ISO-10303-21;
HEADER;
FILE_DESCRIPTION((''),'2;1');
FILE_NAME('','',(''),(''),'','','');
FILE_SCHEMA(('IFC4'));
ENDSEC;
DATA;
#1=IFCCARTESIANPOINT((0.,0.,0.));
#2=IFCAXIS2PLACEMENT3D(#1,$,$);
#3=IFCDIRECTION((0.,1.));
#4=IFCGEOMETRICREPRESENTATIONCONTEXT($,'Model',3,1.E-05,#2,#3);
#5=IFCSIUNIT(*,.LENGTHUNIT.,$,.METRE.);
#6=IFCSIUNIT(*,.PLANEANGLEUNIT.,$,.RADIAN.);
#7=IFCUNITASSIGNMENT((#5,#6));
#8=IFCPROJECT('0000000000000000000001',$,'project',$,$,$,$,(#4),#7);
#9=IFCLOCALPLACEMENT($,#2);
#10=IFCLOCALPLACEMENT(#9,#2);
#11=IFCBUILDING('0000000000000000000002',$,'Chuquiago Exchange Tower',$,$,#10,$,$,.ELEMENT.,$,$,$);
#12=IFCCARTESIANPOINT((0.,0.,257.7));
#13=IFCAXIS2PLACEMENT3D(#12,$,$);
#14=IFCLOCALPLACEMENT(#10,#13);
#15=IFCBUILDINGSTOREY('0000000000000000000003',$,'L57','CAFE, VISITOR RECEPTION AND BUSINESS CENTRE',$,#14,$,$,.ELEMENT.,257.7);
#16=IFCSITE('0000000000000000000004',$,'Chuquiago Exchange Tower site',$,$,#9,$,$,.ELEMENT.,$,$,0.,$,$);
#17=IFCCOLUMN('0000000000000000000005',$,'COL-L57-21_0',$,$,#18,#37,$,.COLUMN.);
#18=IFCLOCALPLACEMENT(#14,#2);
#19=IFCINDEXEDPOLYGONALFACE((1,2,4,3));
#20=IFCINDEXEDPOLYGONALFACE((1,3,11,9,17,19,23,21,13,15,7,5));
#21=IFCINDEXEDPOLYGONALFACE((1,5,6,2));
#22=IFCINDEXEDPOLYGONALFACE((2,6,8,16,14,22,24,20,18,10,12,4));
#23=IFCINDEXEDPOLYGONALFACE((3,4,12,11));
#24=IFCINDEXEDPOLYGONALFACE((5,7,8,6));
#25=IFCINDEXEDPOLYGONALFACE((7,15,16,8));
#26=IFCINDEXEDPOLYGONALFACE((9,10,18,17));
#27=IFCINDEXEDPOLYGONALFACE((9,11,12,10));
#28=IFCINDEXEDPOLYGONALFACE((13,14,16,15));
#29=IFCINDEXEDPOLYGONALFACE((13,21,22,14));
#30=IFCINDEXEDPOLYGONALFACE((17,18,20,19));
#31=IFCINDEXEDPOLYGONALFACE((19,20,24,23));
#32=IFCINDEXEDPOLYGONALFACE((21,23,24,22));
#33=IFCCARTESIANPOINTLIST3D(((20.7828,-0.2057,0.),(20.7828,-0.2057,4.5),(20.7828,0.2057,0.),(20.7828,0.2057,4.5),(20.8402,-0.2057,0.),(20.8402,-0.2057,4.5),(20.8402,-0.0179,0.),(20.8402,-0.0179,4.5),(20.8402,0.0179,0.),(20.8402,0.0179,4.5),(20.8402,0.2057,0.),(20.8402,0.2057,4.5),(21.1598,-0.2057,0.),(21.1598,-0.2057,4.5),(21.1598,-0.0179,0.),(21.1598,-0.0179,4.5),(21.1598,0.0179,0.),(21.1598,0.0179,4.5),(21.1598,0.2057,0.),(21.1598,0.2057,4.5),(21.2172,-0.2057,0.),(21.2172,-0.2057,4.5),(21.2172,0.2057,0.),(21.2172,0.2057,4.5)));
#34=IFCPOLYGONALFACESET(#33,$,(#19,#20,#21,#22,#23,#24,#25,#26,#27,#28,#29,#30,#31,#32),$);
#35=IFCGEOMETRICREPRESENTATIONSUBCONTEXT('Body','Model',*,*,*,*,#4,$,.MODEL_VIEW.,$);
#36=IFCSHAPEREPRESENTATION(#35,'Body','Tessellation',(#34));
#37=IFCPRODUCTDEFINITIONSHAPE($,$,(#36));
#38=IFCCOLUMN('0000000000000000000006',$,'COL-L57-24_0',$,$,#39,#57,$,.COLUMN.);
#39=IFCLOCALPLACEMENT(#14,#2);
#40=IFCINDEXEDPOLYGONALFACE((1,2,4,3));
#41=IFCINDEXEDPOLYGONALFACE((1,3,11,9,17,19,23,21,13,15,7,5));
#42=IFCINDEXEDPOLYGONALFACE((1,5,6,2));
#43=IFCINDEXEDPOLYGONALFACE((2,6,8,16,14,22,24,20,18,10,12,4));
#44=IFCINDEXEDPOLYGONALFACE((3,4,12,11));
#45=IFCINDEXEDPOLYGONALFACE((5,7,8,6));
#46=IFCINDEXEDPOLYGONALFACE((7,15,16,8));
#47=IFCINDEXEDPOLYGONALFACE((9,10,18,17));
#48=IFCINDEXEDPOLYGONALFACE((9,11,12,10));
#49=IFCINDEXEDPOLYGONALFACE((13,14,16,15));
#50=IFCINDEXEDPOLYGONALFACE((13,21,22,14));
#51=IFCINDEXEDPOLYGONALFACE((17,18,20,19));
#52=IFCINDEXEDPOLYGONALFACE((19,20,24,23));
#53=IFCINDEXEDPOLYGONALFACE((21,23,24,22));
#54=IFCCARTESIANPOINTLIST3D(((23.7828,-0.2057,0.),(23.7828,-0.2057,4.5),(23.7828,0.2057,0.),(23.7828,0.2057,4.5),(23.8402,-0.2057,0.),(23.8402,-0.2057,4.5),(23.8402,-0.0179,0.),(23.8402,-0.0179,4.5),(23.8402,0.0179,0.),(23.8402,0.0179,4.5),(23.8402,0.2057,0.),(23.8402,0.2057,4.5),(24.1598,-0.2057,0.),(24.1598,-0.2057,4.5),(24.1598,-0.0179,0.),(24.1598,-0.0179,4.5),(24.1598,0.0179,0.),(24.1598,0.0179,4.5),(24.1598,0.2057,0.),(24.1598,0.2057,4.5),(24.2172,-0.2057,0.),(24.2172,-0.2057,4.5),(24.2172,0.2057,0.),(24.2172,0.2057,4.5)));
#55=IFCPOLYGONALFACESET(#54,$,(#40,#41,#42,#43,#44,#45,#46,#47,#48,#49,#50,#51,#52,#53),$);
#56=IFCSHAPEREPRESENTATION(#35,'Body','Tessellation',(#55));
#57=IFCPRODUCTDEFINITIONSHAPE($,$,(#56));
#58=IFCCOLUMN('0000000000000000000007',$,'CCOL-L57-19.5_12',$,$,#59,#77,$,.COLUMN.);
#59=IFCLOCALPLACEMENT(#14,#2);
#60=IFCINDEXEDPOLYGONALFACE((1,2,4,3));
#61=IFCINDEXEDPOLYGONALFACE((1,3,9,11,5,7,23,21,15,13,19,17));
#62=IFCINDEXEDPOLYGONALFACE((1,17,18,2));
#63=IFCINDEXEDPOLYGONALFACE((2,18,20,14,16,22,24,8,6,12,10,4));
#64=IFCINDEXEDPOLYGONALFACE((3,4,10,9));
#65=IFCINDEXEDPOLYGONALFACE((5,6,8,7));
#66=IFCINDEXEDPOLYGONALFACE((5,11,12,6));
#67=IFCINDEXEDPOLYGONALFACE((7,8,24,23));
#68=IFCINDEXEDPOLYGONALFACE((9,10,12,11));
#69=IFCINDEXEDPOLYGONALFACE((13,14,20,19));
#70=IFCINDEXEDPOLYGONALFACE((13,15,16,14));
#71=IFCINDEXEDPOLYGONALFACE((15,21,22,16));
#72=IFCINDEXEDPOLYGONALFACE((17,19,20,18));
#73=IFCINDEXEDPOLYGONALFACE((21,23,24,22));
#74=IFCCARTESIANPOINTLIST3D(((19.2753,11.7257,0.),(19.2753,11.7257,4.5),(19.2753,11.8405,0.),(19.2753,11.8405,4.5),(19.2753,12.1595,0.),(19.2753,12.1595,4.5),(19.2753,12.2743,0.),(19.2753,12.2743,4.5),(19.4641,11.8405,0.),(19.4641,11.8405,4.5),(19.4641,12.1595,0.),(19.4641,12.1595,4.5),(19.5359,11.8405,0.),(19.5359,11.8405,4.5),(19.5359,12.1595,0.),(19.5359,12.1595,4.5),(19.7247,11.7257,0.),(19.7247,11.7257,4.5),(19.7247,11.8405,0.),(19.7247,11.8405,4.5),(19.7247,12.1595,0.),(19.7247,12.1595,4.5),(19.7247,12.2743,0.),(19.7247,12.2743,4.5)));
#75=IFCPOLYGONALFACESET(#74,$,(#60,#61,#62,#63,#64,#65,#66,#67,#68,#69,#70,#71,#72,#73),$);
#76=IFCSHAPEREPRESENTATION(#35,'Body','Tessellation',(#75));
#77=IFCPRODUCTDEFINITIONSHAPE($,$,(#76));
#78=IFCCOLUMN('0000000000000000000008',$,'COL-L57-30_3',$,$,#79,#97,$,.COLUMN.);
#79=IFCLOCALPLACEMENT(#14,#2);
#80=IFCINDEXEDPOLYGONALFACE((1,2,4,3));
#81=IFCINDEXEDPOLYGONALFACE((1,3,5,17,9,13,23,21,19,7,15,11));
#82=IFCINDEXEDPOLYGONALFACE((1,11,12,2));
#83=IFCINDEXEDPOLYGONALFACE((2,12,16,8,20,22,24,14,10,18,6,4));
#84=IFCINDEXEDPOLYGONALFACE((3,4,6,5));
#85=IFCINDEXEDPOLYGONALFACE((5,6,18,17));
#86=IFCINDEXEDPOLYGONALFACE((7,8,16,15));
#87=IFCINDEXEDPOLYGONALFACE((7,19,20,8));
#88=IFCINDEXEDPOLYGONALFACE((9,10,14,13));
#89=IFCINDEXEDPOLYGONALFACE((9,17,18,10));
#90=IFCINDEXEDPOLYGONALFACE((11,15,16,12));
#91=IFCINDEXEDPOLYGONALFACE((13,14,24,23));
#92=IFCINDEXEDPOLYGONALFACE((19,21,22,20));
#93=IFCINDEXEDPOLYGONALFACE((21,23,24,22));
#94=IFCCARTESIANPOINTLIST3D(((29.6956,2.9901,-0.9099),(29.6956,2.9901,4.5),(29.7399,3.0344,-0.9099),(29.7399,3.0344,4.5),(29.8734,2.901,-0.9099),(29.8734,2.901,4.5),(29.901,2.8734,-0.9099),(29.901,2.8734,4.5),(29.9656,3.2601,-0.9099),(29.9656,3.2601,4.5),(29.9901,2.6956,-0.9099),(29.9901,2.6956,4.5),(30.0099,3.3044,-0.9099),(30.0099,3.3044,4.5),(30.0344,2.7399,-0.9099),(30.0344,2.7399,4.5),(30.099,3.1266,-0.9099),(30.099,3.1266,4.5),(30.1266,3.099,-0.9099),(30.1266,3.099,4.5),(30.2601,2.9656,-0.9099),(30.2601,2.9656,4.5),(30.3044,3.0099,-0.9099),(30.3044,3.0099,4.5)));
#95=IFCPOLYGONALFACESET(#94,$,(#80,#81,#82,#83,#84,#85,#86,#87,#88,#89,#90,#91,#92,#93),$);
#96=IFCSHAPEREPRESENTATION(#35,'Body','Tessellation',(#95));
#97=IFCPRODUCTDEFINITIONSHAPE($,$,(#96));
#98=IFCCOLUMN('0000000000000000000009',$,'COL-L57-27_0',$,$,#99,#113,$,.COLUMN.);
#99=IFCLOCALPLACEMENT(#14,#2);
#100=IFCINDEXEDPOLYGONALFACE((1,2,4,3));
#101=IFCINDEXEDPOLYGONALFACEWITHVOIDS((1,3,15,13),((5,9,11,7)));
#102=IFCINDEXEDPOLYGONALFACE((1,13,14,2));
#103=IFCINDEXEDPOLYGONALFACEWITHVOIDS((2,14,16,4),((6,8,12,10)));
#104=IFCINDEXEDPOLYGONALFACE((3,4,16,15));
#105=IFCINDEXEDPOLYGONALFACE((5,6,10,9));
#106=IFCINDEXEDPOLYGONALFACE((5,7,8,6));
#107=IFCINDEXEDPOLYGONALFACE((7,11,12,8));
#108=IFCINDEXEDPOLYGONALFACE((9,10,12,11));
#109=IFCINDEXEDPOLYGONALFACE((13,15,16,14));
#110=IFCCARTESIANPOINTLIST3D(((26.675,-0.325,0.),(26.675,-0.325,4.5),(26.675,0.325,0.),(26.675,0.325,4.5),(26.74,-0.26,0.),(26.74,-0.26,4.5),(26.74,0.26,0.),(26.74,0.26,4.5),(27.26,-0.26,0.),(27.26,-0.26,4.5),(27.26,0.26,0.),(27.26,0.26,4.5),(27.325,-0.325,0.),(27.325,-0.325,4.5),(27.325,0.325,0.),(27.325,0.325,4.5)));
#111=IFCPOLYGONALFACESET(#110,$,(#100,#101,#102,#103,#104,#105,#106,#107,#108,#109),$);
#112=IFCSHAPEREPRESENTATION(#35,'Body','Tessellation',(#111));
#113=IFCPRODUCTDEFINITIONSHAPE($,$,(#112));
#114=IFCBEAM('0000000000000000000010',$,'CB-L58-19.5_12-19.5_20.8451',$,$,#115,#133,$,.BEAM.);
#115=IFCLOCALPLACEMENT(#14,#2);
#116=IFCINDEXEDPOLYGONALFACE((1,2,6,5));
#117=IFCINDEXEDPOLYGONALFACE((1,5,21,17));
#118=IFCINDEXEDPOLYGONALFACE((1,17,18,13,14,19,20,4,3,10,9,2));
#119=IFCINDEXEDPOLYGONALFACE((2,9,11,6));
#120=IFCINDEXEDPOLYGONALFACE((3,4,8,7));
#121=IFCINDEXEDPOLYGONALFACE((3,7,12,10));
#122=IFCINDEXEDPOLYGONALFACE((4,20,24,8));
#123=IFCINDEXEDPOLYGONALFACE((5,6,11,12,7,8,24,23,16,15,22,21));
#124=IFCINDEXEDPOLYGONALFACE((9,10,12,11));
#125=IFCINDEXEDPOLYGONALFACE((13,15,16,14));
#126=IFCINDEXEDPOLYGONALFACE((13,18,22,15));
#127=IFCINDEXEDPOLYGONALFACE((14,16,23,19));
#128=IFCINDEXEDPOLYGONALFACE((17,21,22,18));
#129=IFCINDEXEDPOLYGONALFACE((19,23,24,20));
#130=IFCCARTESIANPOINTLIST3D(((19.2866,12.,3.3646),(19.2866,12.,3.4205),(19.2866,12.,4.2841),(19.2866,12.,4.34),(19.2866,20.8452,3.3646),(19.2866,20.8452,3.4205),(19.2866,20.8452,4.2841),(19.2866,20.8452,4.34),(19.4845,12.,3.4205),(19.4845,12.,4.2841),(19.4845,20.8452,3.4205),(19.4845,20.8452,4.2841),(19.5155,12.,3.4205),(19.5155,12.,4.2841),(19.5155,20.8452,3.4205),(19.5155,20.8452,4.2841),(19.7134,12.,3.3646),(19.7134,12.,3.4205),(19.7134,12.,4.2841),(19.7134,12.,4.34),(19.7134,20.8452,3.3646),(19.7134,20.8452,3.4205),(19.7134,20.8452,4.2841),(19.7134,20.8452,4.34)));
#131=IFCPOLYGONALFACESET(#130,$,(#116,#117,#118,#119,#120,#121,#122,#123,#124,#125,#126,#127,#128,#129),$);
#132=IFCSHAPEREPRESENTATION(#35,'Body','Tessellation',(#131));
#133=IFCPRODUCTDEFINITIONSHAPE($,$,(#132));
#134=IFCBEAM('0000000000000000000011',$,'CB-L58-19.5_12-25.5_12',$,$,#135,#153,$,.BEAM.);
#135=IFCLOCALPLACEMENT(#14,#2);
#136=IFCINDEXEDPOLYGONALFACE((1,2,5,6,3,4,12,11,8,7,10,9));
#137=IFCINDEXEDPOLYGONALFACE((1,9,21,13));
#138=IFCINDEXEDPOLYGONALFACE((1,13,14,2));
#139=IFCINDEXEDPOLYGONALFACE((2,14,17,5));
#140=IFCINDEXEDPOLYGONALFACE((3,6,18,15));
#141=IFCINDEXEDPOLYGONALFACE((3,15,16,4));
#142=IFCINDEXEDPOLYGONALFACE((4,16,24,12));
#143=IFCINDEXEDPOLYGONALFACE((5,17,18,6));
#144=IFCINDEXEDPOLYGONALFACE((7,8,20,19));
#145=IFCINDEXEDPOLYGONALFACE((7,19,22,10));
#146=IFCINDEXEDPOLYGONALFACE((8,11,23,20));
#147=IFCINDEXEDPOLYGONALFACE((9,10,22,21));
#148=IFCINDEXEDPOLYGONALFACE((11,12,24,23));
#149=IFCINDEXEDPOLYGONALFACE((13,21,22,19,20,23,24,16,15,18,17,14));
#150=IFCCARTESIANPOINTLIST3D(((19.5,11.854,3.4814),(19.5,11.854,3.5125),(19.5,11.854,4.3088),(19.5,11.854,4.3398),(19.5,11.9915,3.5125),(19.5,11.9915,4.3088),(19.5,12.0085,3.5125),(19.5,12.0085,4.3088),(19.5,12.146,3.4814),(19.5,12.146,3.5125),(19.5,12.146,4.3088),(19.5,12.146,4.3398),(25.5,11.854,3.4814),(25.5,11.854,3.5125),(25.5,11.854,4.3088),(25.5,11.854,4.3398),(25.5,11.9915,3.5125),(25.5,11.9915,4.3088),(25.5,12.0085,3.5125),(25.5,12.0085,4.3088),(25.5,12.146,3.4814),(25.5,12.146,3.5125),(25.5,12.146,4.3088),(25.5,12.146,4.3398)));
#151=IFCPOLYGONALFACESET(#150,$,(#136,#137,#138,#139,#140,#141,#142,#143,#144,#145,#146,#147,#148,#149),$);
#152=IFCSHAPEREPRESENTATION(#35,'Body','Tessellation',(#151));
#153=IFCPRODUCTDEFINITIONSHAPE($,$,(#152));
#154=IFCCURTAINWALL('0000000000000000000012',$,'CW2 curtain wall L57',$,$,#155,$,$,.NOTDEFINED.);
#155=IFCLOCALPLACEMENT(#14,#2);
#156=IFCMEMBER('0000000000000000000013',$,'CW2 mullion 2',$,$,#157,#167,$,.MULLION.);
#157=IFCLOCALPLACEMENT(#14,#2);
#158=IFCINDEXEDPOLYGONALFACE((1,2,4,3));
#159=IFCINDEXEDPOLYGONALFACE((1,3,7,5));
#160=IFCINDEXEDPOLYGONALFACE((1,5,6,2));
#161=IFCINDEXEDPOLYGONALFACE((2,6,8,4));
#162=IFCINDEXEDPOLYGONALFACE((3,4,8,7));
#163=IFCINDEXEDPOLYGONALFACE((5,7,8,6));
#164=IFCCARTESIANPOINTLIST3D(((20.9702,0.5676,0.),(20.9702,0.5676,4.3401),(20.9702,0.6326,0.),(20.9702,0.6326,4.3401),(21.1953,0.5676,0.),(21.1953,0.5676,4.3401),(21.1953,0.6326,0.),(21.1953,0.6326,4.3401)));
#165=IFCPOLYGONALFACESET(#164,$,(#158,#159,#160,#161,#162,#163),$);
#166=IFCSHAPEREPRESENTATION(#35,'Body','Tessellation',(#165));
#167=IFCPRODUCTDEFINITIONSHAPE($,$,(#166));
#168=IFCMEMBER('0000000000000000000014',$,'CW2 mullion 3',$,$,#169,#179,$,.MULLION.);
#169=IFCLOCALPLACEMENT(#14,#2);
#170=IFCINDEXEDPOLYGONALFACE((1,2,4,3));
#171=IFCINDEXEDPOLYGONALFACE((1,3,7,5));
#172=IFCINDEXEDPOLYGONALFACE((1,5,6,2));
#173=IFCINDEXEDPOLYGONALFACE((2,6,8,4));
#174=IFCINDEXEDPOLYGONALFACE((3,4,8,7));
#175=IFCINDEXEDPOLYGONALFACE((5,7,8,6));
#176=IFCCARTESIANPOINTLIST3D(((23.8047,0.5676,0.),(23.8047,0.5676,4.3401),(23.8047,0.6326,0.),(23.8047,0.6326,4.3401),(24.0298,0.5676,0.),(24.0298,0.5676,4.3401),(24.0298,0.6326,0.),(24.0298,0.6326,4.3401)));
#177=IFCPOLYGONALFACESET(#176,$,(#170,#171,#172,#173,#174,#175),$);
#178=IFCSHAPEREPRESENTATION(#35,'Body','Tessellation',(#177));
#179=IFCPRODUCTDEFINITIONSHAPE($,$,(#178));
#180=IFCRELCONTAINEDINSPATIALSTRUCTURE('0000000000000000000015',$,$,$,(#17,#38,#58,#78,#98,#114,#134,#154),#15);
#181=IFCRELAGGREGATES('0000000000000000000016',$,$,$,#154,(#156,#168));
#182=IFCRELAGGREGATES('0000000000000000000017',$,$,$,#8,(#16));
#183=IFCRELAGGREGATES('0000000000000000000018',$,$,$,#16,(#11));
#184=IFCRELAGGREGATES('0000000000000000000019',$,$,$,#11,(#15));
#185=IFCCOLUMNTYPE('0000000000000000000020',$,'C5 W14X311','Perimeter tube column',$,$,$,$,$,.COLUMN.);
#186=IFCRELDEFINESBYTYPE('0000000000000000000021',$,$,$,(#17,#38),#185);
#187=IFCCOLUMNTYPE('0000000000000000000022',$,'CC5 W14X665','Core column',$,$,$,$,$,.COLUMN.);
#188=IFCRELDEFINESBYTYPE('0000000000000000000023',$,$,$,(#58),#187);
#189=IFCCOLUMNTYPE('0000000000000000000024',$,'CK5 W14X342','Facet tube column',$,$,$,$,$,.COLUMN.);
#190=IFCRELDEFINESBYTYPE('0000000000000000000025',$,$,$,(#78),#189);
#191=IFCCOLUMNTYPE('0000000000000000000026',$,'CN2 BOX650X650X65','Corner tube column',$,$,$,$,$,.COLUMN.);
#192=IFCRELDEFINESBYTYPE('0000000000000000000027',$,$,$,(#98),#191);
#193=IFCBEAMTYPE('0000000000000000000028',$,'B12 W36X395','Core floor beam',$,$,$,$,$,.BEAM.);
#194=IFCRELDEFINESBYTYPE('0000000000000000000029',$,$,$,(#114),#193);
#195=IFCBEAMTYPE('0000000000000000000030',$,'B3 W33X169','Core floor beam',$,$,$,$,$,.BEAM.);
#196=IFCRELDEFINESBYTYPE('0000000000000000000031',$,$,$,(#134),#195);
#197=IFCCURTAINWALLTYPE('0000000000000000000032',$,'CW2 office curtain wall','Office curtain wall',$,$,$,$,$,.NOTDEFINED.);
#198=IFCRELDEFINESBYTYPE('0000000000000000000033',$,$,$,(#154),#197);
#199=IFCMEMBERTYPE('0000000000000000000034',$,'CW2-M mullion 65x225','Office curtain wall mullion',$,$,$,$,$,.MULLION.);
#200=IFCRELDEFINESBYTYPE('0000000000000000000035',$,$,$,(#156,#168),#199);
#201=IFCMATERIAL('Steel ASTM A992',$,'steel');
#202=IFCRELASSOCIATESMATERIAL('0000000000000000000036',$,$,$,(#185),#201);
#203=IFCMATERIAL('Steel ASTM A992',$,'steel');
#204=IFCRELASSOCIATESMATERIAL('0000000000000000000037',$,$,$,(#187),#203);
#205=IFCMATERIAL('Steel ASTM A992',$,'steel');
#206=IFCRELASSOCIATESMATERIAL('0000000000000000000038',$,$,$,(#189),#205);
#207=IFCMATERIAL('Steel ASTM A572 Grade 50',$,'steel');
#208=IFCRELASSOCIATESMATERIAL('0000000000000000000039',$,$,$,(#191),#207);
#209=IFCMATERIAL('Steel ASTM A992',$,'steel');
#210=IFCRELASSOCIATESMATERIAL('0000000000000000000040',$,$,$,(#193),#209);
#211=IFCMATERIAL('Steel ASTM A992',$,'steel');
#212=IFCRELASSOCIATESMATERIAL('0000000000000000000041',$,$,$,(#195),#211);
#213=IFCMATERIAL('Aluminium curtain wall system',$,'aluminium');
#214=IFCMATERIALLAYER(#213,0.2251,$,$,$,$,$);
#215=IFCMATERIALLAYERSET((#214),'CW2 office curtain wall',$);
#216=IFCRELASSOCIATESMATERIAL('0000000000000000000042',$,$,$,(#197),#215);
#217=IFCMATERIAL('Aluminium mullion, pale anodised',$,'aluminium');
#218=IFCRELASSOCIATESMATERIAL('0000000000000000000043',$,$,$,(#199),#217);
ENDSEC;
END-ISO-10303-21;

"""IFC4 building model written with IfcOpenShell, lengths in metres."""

from ifc_helpers import new_model, si_unit, direction, frame, origin, origin_2d, place, context, subcontext, project, spatial, rectangle, hollow_rectangle, i_section, extrude, material, layer, layer_set, material_profile, profile_set, type_object, element, aggregate, save


model = new_model("IFC4")

# Units and contexts
model_context = context("Model", 3, precision=1e-05, world=origin(), true_north=direction((0.0, 1.0)))
body_context = subcontext(model_context, "Body", "Model", "MODEL_VIEW")
ifc_project = project(units=[si_unit("LENGTHUNIT", "METRE"), si_unit("PLANEANGLEUNIT", "RADIAN")], contexts=[model_context])

# Site, building, storey
site_placement = place(None, origin())
site = spatial("IfcSite", under=ifc_project, at=site_placement, Name="Chuquiago Exchange Tower site", CompositionType="ELEMENT", RefElevation=0.0)
building_placement = place(site_placement, origin())
building = spatial("IfcBuilding", under=site, at=building_placement, Name="Chuquiago Exchange Tower", CompositionType="ELEMENT")
storey_placement = place(building_placement, frame((0.0, 0.0, 257.7)))
storey = spatial("IfcBuildingStorey", under=building, at=storey_placement, Name="L57", Description="CAFE, VISITOR RECEPTION AND BUSINESS CENTRE", CompositionType="ELEMENT", Elevation=257.7)

# Columns
ifc_material_1 = material(Name="Steel ASTM A992", Category="steel")
ifc_material_profile_1 = material_profile(ifc_material_1, i_section(OverallWidth=0.4114, OverallDepth=0.4343, WebThickness=0.0359, FlangeThickness=0.0574, at=origin_2d()), Name="W14X311")
ifc_profile_set_1 = profile_set([ifc_material_profile_1], Name="Steel ASTM A992")
column_type_1 = type_object("IfcColumnType", Name="C5 W14X311", Description="Perimeter tube column", PredefinedType="COLUMN", material=ifc_profile_set_1)
for number, where, z_axis, x_axis, name in (
    (1, (21.0, 0.0, 0.0), (0.0, 0.0, 1.0), (0.0, -1.0, 0.0), "COL-L57-21_0"),
    (2, (24.0, 0.0, 0.0), (0.0, 0.0, 1.0), (0.0, -1.0, 0.0), "COL-L57-24_0"),
):
    element("IfcColumn", number, at=place(storey_placement, frame(where, z_axis=z_axis, x_axis=x_axis)), inside=storey, type_object=column_type_1, Name=name, PredefinedType="COLUMN", context=body_context, shape_type="SweptSolid", body=[
        extrude(i_section(OverallWidth=0.4114, OverallDepth=0.4343, WebThickness=0.0359, FlangeThickness=0.0574, at=origin_2d()), origin(), (0.0, 0.0, 1.0), 4.5),
    ])
ifc_material_2 = material(Name="Steel ASTM A992", Category="steel")
ifc_material_profile_2 = material_profile(ifc_material_2, i_section(OverallWidth=0.4495, OverallDepth=0.5486, WebThickness=0.0718, FlangeThickness=0.1147, at=origin_2d()), Name="W14X665")
ifc_profile_set_2 = profile_set([ifc_material_profile_2], Name="Steel ASTM A992")
column_type_2 = type_object("IfcColumnType", Name="CC5 W14X665", Description="Core column", PredefinedType="COLUMN", material=ifc_profile_set_2)
column_1_placement = place(storey_placement, frame((19.5, 12.0, 0.0), z_axis=(0.0, 0.0, 1.0), x_axis=(1.0, 0.0, 0.0)))
element("IfcColumn", 3, at=column_1_placement, inside=storey, type_object=column_type_2, Name="CCOL-L57-19.5_12", PredefinedType="COLUMN", context=body_context, shape_type="SweptSolid", body=[
    extrude(i_section(OverallWidth=0.4495, OverallDepth=0.5486, WebThickness=0.0718, FlangeThickness=0.1147, at=origin_2d()), origin(), (0.0, 0.0, 1.0), 4.5),
])
ifc_material_3 = material(Name="Steel ASTM A992", Category="steel")
ifc_material_profile_3 = material_profile(ifc_material_3, i_section(OverallWidth=0.4165, OverallDepth=0.4446, WebThickness=0.0391, FlangeThickness=0.0627, at=origin_2d()), Name="W14X342")
ifc_profile_set_3 = profile_set([ifc_material_profile_3], Name="Steel ASTM A992")
column_type_3 = type_object("IfcColumnType", Name="CK5 W14X342", Description="Facet tube column", PredefinedType="COLUMN", material=ifc_profile_set_3)
column_2_placement = place(storey_placement, frame((30.0, 3.0, -0.9099), z_axis=(0.0, 0.0, 1.0), x_axis=(0.707107, -0.707107, 0.0)))
element("IfcColumn", 4, at=column_2_placement, inside=storey, type_object=column_type_3, Name="COL-L57-30_3", PredefinedType="COLUMN", context=body_context, shape_type="SweptSolid", body=[
    extrude(i_section(OverallWidth=0.4165, OverallDepth=0.4446, WebThickness=0.0391, FlangeThickness=0.0627, at=origin_2d()), origin(), (0.0, 0.0, 1.0), 5.4099),
])
ifc_material_4 = material(Name="Steel ASTM A572 Grade 50", Category="steel")
ifc_material_profile_4 = material_profile(ifc_material_4, hollow_rectangle(XDim=0.6499, YDim=0.6499, WallThickness=0.0649, at=origin_2d()), Name="BOX650X650X65")
ifc_profile_set_4 = profile_set([ifc_material_profile_4], Name="Steel ASTM A572 Grade 50")
column_type_4 = type_object("IfcColumnType", Name="CN2 BOX650X650X65", Description="Corner tube column", PredefinedType="COLUMN", material=ifc_profile_set_4)
column_3_placement = place(storey_placement, frame((27.0, 0.0, 0.0), z_axis=(0.0, 0.0, 1.0), x_axis=(0.0, -1.0, 0.0)))
element("IfcColumn", 5, at=column_3_placement, inside=storey, type_object=column_type_4, Name="COL-L57-27_0", PredefinedType="COLUMN", context=body_context, shape_type="SweptSolid", body=[
    extrude(hollow_rectangle(XDim=0.6499, YDim=0.6499, WallThickness=0.0649, at=origin_2d()), origin(), (0.0, 0.0, 1.0), 4.5),
])

# Beams
ifc_material_5 = material(Name="Steel ASTM A992", Category="steel")
ifc_material_profile_5 = material_profile(ifc_material_5, i_section(OverallWidth=0.4268, OverallDepth=0.9753, WebThickness=0.031, FlangeThickness=0.0559, at=origin_2d()), Name="W36X395")
ifc_profile_set_5 = profile_set([ifc_material_profile_5], Name="Steel ASTM A992")
beam_type_1 = type_object("IfcBeamType", Name="B12 W36X395", Description="Core floor beam", PredefinedType="BEAM", material=ifc_profile_set_5)
beam_1_placement = place(storey_placement, frame((19.5, 12.0, 3.8523), z_axis=(0.0, 1.0, 0.0), x_axis=(-1.0, 0.0, 0.0)))
element("IfcBeam", 6, at=beam_1_placement, inside=storey, type_object=beam_type_1, Name="CB-L58-19.5_12-19.5_20.8451", PredefinedType="BEAM", context=body_context, shape_type="SweptSolid", body=[
    extrude(i_section(OverallWidth=0.4268, OverallDepth=0.9753, WebThickness=0.031, FlangeThickness=0.0559, at=origin_2d()), origin(), (0.0, 0.0, 1.0), 8.8452),
])
ifc_material_6 = material(Name="Steel ASTM A992", Category="steel")
ifc_material_profile_6 = material_profile(ifc_material_6, i_section(OverallWidth=0.292, OverallDepth=0.8584, WebThickness=0.0171, FlangeThickness=0.031, at=origin_2d()), Name="W33X169")
ifc_profile_set_6 = profile_set([ifc_material_profile_6], Name="Steel ASTM A992")
beam_type_2 = type_object("IfcBeamType", Name="B3 W33X169", Description="Core floor beam", PredefinedType="BEAM", material=ifc_profile_set_6)
beam_2_placement = place(storey_placement, frame((19.5, 12.0, 3.9106), z_axis=(1.0, 0.0, 0.0), x_axis=(0.0, 1.0, 0.0)))
element("IfcBeam", 7, at=beam_2_placement, inside=storey, type_object=beam_type_2, Name="CB-L58-19.5_12-25.5_12", PredefinedType="BEAM", context=body_context, shape_type="SweptSolid", body=[
    extrude(i_section(OverallWidth=0.292, OverallDepth=0.8584, WebThickness=0.0171, FlangeThickness=0.031, at=origin_2d()), origin(), (0.0, 0.0, 1.0), 6.0),
])

# Curtain wall, members
ifc_material_7 = material(Name="Aluminium curtain wall system", Category="aluminium")
ifc_layer_1 = layer(ifc_material_7, 0.2251)
ifc_layer_set_1 = layer_set([ifc_layer_1], Name="CW2 office curtain wall")
curtain_wall_type_1 = type_object("IfcCurtainWallType", Name="CW2 office curtain wall", Description="Office curtain wall", PredefinedType="NOTDEFINED", material=ifc_layer_set_1)
curtain_wall_1_placement = place(storey_placement, origin())
curtain_wall_1 = element("IfcCurtainWall", 8, at=curtain_wall_1_placement, inside=storey, type_object=curtain_wall_type_1, Name="CW2 curtain wall L57", PredefinedType="NOTDEFINED")
ifc_material_8 = material(Name="Aluminium mullion, pale anodised", Category="aluminium")
ifc_material_profile_7 = material_profile(ifc_material_8, rectangle(XDim=0.0649, YDim=0.2251, at=origin_2d()), Name="AL 65x225")
ifc_profile_set_7 = profile_set([ifc_material_profile_7], Name="Aluminium mullion, pale anodised")
member_type_1 = type_object("IfcMemberType", Name="CW2-M mullion 65x225", Description="Office curtain wall mullion", PredefinedType="MULLION", material=ifc_profile_set_7)
member_1_placement = place(storey_placement, frame((21.0828, 0.6001, 0.0), z_axis=(0.0, 0.0, 1.0), x_axis=(0.0, 1.0, 0.0)))
member_1 = element("IfcMember", 9, at=member_1_placement, type_object=member_type_1, Name="CW2 mullion 2", PredefinedType="MULLION", context=body_context, shape_type="SweptSolid", body=[
    extrude(rectangle(XDim=0.0649, YDim=0.2251, at=origin_2d()), origin(), (0.0, 0.0, 1.0), 4.3401),
])
member_2_placement = place(storey_placement, frame((23.9172, 0.6001, 0.0), z_axis=(0.0, 0.0, 1.0), x_axis=(0.0, 1.0, 0.0)))
member_2 = element("IfcMember", 10, at=member_2_placement, type_object=member_type_1, Name="CW2 mullion 3", PredefinedType="MULLION", context=body_context, shape_type="SweptSolid", body=[
    extrude(rectangle(XDim=0.0649, YDim=0.2251, at=origin_2d()), origin(), (0.0, 0.0, 1.0), 4.3401),
])

aggregate(curtain_wall_1, [member_1, member_2])

save(model, "model.ifc")
